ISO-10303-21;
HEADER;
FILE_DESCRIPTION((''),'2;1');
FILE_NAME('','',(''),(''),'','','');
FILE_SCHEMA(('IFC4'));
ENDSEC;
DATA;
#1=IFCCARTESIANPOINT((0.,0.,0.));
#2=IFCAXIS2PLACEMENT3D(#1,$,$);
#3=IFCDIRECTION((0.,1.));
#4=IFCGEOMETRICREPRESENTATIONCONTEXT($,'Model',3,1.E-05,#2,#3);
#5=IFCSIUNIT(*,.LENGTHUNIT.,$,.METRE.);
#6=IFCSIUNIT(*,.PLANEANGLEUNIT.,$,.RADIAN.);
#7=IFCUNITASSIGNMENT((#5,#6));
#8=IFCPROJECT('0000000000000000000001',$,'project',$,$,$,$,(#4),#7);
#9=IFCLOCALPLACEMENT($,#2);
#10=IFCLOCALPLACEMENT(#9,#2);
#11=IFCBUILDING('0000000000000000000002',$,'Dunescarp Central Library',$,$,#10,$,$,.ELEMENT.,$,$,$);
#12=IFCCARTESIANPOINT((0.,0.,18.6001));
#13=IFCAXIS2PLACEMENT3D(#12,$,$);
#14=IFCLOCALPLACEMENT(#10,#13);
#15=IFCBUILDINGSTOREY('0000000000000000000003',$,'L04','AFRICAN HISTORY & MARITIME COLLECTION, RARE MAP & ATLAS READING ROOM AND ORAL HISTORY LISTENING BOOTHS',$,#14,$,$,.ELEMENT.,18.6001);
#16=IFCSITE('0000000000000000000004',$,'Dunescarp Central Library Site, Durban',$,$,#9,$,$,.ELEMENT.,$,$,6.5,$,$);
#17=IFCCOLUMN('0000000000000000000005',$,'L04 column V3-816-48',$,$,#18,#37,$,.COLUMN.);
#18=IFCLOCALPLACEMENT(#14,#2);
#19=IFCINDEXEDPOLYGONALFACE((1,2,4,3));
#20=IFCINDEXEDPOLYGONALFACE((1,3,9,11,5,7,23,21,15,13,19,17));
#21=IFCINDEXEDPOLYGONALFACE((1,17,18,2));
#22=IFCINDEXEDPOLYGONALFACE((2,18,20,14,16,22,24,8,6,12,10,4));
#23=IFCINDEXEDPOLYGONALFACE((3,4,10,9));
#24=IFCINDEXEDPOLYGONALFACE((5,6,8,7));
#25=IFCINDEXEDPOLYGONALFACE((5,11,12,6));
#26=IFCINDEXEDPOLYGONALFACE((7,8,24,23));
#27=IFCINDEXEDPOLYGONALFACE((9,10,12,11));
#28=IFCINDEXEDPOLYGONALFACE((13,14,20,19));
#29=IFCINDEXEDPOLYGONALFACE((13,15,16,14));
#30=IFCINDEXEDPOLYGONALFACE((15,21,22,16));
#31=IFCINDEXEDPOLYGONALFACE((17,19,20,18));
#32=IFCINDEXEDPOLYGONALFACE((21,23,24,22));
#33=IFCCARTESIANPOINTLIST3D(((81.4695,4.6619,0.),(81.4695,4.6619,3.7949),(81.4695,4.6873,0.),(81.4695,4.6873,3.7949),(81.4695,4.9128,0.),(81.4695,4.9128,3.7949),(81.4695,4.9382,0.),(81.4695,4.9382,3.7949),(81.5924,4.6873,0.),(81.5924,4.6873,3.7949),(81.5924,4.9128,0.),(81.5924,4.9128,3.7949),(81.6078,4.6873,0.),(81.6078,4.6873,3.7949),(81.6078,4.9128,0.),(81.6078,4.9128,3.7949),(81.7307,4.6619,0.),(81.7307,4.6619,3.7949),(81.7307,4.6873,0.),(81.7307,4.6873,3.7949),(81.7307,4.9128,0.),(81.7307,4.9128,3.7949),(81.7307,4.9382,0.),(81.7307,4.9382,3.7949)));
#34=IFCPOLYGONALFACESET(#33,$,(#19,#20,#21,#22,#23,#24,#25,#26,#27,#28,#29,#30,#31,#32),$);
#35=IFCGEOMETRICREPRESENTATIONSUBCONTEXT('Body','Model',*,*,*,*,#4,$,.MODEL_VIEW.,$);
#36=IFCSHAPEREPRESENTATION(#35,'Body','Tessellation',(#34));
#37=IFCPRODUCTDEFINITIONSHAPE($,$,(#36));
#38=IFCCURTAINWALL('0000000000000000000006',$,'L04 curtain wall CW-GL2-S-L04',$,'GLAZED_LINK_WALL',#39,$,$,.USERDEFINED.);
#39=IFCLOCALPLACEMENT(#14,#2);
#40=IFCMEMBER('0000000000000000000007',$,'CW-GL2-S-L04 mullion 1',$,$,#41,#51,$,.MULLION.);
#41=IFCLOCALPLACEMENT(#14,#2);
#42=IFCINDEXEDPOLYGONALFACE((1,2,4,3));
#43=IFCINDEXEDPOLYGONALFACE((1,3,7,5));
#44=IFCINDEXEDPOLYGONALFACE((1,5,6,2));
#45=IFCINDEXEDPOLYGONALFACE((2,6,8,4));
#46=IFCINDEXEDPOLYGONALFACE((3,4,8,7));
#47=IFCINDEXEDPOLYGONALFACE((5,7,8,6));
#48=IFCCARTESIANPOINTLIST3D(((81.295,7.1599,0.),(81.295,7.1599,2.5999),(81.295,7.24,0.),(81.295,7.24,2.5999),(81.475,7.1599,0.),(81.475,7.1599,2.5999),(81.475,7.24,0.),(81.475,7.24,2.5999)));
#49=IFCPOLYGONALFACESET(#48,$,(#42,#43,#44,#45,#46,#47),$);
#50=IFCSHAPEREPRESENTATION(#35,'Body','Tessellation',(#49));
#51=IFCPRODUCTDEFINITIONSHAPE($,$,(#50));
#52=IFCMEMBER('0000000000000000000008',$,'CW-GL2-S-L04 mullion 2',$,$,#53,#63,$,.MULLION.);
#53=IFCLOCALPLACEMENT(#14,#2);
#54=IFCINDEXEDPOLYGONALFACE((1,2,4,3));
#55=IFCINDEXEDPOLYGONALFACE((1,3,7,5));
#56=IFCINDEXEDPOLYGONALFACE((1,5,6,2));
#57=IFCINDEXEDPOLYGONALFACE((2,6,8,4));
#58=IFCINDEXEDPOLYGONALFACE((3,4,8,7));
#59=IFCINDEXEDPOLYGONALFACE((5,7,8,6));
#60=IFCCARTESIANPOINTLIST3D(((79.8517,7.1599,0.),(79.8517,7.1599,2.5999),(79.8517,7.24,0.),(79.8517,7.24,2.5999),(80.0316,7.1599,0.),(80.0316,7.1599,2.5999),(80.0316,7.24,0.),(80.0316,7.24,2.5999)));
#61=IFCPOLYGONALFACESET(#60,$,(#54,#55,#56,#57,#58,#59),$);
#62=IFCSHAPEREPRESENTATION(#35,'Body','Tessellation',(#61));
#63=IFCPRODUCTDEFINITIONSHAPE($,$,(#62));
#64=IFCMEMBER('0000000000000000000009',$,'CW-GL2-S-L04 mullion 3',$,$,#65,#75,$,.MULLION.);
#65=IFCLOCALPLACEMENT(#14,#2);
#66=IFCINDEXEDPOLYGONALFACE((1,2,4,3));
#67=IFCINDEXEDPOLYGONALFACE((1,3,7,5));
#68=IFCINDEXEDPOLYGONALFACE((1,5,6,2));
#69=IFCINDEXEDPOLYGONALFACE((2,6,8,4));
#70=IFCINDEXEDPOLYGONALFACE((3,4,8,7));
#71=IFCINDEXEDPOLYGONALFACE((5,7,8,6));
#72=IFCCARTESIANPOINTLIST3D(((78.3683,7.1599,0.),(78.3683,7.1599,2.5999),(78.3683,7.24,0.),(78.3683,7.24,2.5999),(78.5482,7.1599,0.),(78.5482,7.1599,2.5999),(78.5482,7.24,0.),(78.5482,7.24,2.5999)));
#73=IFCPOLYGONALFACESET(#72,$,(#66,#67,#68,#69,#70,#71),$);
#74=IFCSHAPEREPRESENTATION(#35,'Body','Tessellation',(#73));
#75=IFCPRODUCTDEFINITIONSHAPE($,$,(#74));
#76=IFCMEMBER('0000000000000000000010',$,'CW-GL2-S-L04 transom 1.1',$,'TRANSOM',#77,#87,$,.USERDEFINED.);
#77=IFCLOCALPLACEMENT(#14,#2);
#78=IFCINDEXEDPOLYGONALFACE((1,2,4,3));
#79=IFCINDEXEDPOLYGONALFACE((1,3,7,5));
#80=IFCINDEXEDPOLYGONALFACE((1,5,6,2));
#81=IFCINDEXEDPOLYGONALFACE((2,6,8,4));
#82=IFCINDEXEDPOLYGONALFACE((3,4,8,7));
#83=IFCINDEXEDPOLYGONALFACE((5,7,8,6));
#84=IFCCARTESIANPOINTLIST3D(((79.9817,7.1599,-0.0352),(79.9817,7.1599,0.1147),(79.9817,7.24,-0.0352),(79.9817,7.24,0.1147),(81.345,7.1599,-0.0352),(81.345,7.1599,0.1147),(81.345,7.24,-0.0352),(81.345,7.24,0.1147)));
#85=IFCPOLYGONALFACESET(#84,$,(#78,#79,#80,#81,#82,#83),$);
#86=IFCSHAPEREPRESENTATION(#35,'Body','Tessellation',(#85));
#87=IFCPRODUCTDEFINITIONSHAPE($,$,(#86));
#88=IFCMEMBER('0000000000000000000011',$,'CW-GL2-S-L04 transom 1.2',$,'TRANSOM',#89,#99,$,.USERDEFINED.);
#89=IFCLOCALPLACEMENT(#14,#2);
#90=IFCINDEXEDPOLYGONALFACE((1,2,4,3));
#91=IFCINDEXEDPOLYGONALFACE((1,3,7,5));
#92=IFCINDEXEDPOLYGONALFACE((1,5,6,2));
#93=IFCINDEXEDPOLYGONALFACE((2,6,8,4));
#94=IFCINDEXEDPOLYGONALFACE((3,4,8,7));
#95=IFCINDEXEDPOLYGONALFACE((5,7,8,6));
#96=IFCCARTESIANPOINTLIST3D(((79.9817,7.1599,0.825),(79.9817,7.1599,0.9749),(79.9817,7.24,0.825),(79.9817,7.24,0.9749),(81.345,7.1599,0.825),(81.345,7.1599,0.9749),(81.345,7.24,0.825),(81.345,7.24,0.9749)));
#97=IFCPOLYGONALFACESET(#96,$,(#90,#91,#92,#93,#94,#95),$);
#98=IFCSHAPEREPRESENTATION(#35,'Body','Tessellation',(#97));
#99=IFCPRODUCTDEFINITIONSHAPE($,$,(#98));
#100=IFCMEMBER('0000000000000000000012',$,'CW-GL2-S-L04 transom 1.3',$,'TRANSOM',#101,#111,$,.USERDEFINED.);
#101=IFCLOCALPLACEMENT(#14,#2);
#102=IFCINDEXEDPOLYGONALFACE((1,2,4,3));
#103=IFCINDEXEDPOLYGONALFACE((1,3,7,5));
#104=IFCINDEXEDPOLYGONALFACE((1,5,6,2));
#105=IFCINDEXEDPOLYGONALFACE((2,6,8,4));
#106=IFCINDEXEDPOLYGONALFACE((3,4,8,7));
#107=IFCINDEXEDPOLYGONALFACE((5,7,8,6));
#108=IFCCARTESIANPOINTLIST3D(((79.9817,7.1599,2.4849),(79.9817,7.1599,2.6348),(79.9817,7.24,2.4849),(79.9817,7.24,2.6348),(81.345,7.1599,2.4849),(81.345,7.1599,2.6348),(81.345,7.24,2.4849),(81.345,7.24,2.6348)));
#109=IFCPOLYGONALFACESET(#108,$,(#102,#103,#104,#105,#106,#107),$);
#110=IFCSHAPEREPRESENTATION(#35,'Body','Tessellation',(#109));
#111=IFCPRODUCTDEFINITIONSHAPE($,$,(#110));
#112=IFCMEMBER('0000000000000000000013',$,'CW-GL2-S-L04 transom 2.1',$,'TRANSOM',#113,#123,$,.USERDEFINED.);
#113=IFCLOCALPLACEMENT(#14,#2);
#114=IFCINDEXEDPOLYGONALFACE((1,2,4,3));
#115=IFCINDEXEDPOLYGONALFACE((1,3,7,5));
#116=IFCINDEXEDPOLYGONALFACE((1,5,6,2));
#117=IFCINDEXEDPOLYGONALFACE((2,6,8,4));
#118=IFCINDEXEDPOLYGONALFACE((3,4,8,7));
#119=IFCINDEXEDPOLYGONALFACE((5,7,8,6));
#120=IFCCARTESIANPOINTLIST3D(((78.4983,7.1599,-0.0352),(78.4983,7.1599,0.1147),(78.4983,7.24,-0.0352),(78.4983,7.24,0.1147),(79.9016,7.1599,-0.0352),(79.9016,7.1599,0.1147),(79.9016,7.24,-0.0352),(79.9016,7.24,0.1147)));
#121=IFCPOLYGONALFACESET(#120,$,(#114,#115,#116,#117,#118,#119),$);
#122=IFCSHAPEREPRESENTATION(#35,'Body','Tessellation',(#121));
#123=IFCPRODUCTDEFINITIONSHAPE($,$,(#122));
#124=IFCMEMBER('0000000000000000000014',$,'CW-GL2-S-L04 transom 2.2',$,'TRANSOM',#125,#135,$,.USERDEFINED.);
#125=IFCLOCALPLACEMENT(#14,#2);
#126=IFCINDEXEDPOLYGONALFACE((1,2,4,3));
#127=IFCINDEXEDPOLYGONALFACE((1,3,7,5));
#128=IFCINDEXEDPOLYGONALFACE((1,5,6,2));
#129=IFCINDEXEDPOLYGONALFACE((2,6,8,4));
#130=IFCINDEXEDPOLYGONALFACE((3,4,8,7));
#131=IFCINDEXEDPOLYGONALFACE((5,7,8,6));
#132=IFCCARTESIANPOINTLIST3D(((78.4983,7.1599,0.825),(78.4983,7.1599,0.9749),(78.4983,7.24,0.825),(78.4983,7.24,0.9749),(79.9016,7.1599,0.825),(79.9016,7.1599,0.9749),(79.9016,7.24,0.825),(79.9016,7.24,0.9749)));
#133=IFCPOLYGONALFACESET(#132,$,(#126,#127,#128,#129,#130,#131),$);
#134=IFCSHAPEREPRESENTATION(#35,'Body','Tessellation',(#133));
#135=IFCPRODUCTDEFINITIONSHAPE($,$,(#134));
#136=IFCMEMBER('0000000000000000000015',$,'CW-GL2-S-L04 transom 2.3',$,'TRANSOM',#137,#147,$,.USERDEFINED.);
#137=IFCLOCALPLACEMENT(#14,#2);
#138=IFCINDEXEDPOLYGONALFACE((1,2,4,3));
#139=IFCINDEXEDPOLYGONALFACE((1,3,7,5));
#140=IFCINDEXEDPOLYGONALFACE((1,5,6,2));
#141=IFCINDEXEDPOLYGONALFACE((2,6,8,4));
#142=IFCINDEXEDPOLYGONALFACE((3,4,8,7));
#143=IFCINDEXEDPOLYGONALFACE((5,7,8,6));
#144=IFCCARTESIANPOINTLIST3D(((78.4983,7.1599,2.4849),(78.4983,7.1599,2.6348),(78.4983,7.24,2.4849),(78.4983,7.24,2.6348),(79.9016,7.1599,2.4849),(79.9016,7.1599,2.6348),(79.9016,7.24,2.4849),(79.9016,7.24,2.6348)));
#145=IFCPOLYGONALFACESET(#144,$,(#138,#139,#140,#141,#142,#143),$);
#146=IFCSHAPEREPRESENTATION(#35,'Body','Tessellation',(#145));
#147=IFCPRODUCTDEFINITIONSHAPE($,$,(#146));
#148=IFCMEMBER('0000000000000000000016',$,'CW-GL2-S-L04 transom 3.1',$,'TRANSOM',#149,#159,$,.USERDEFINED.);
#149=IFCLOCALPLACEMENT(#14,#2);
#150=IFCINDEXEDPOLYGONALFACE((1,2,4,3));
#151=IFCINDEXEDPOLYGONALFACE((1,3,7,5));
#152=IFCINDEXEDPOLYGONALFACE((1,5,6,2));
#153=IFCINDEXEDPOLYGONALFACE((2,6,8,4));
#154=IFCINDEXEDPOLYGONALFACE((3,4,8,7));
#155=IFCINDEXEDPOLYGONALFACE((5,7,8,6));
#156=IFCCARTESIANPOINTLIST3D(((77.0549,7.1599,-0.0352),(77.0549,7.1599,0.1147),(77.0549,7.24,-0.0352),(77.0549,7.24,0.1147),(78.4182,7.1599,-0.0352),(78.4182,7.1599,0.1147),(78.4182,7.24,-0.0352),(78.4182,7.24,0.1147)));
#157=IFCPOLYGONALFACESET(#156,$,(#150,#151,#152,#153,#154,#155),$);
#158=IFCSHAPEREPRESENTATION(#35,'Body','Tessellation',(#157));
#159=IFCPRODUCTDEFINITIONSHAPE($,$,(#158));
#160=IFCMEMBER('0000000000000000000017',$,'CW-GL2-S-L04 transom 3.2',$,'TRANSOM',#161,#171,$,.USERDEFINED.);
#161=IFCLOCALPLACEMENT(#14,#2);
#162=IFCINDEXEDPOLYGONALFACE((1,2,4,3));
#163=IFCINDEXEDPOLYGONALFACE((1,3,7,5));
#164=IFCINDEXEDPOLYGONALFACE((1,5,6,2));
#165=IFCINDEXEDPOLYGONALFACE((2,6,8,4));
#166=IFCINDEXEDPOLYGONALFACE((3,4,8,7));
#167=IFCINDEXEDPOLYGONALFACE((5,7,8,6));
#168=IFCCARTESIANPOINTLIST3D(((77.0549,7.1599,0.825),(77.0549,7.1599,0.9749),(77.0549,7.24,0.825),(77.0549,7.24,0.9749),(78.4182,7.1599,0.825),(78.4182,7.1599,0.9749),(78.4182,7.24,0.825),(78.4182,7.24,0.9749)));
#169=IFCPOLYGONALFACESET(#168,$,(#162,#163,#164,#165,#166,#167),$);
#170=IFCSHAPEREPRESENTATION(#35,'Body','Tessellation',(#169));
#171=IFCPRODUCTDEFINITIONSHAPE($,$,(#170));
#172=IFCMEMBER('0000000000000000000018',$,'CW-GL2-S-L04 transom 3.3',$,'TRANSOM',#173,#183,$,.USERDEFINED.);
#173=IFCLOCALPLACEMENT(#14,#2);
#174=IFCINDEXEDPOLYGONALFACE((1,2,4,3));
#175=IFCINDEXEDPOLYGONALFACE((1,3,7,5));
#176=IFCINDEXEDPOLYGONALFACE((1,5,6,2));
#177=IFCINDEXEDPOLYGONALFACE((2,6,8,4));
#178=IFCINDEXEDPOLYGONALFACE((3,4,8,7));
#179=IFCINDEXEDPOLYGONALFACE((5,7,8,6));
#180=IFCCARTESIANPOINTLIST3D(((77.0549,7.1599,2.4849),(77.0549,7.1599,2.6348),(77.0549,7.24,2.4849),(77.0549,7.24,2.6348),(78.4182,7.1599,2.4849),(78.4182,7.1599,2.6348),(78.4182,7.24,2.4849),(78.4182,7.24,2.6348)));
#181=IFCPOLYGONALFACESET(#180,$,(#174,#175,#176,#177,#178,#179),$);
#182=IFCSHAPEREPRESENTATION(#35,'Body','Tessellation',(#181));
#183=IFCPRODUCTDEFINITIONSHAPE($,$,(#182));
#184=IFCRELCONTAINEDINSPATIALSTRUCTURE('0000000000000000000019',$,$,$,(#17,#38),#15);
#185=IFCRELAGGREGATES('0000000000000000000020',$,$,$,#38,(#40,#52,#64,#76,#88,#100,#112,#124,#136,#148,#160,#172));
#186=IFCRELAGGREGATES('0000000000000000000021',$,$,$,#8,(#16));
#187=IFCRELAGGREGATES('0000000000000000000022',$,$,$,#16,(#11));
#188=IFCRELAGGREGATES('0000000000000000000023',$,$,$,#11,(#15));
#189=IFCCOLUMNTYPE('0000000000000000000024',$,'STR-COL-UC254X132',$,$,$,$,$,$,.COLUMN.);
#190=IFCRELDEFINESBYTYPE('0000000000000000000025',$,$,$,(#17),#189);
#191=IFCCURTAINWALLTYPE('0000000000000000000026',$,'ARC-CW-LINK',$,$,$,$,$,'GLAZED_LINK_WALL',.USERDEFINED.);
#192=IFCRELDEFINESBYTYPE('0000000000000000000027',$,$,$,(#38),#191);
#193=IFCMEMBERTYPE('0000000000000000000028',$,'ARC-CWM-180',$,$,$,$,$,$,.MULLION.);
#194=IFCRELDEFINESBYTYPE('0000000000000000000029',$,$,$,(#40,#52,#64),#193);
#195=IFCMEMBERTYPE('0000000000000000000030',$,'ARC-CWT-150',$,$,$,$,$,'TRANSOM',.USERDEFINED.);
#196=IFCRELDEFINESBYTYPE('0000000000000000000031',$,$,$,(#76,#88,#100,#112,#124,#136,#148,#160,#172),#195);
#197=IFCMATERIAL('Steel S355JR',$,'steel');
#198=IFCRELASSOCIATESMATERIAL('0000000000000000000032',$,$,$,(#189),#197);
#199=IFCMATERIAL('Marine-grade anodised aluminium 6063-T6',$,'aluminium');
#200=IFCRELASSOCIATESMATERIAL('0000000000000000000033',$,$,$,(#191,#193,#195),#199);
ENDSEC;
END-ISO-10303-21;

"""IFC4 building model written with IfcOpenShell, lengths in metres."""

from ifc_helpers import new_model, si_unit, direction, frame, origin, origin_2d, place, context, subcontext, project, spatial, rectangle, i_section, extrude, material, material_profile, profile_set, type_object, element, aggregate, save


model = new_model("IFC4")

# Units and contexts
model_context = context("Model", 3, precision=1e-05, world=origin(), true_north=direction((0.0, 1.0)))
body_context = subcontext(model_context, "Body", "Model", "MODEL_VIEW")
ifc_project = project(units=[si_unit("LENGTHUNIT", "METRE"), si_unit("PLANEANGLEUNIT", "RADIAN")], contexts=[model_context])

# Site, building, storey
site_placement = place(None, origin())
site = spatial("IfcSite", under=ifc_project, at=site_placement, Name="Dunescarp Central Library Site, Durban", CompositionType="ELEMENT", RefElevation=6.5)
building_placement = place(site_placement, origin())
building = spatial("IfcBuilding", under=site, at=building_placement, Name="Dunescarp Central Library", CompositionType="ELEMENT")
storey_placement = place(building_placement, frame((0.0, 0.0, 18.6001)))
storey = spatial("IfcBuildingStorey", under=building, at=storey_placement, Name="L04", Description="AFRICAN HISTORY & MARITIME COLLECTION, RARE MAP & ATLAS READING ROOM AND ORAL HISTORY LISTENING BOOTHS", CompositionType="ELEMENT", Elevation=18.6001)

# Column
ifc_material_1 = material(Name="Steel S355JR", Category="steel")
ifc_material_profile_1 = material_profile(ifc_material_1, i_section(OverallWidth=0.2612, OverallDepth=0.2764, WebThickness=0.0154, FlangeThickness=0.0254, at=origin_2d()), Name="UC 254x254x132")
ifc_profile_set_1 = profile_set([ifc_material_profile_1], Name="Steel S355JR")
column_type = type_object("IfcColumnType", Name="STR-COL-UC254X132", PredefinedType="COLUMN", material=ifc_profile_set_1)
column_placement = place(storey_placement, frame((81.6001, 4.8, 0.0), z_axis=(0.0, 0.0, 1.0), x_axis=(1.0, 0.0, 0.0)))
element("IfcColumn", 1, at=column_placement, inside=storey, type_object=column_type, Name="L04 column V3-816-48", PredefinedType="COLUMN", context=body_context, shape_type="SweptSolid", body=[
    extrude(i_section(OverallWidth=0.2612, OverallDepth=0.2764, WebThickness=0.0154, FlangeThickness=0.0254, at=origin_2d()), origin(), (0.0, 0.0, 1.0), 3.7949),
])

# Curtain wall, members
ifc_material_2 = material(Name="Marine-grade anodised aluminium 6063-T6", Category="aluminium")
curtain_wall_type = type_object("IfcCurtainWallType", Name="ARC-CW-LINK", ElementType="GLAZED_LINK_WALL", PredefinedType="USERDEFINED", material=ifc_material_2)
curtain_wall_placement = place(storey_placement, origin())
curtain_wall = element("IfcCurtainWall", 2, at=curtain_wall_placement, inside=storey, type_object=curtain_wall_type, Name="L04 curtain wall CW-GL2-S-L04", ObjectType="GLAZED_LINK_WALL", PredefinedType="USERDEFINED")
ifc_material_profile_2 = material_profile(ifc_material_2, rectangle(XDim=0.0801, YDim=0.1799, at=origin_2d()), Name="AL 80x180")
ifc_profile_set_2 = profile_set([ifc_material_profile_2], Name="Marine-grade anodised aluminium 6063-T6")
member_type_1 = type_object("IfcMemberType", Name="ARC-CWM-180", PredefinedType="MULLION", material=ifc_profile_set_2)
member_1_placement = place(storey_placement, frame((81.385, 7.2, 0.0), z_axis=(0.0, 0.0, 1.0), x_axis=(0.0, -1.0, 0.0)))
member_1 = element("IfcMember", 3, at=member_1_placement, type_object=member_type_1, Name="CW-GL2-S-L04 mullion 1", PredefinedType="MULLION", context=body_context, shape_type="SweptSolid", body=[
    extrude(rectangle(XDim=0.0801, YDim=0.1799, at=origin_2d()), origin(), (0.0, 0.0, 1.0), 2.5999),
])
member_2_placement = place(storey_placement, frame((79.9417, 7.2, 0.0), z_axis=(0.0, 0.0, 1.0), x_axis=(0.0, -1.0, 0.0)))
member_2 = element("IfcMember", 4, at=member_2_placement, type_object=member_type_1, Name="CW-GL2-S-L04 mullion 2", PredefinedType="MULLION", context=body_context, shape_type="SweptSolid", body=[
    extrude(rectangle(XDim=0.0801, YDim=0.1799, at=origin_2d()), origin(), (0.0, 0.0, 1.0), 2.5999),
])
member_3_placement = place(storey_placement, frame((78.4583, 7.2, 0.0), z_axis=(0.0, 0.0, 1.0), x_axis=(0.0, -1.0, 0.0)))
member_3 = element("IfcMember", 5, at=member_3_placement, type_object=member_type_1, Name="CW-GL2-S-L04 mullion 3", PredefinedType="MULLION", context=body_context, shape_type="SweptSolid", body=[
    extrude(rectangle(XDim=0.0801, YDim=0.1799, at=origin_2d()), origin(), (0.0, 0.0, 1.0), 2.5999),
])
ifc_material_profile_3 = material_profile(ifc_material_2, rectangle(XDim=0.0801, YDim=0.1499, at=origin_2d()), Name="AL 80x150")
ifc_profile_set_3 = profile_set([ifc_material_profile_3], Name="Marine-grade anodised aluminium 6063-T6")
member_type_2 = type_object("IfcMemberType", Name="ARC-CWT-150", ElementType="TRANSOM", PredefinedType="USERDEFINED", material=ifc_profile_set_3)
member_4_placement = place(storey_placement, frame((81.345, 7.2, 0.0398), z_axis=(-1.0, 0.0, 0.0), x_axis=(0.0, -1.0, 0.0)))
member_4 = element("IfcMember", 6, at=member_4_placement, type_object=member_type_2, Name="CW-GL2-S-L04 transom 1.1", ObjectType="TRANSOM", PredefinedType="USERDEFINED", context=body_context, shape_type="SweptSolid", body=[
    extrude(rectangle(XDim=0.0801, YDim=0.1499, at=origin_2d()), origin(), (0.0, 0.0, 1.0), 1.3633),
])
member_5_placement = place(storey_placement, frame((81.345, 7.2, 0.8999), z_axis=(-1.0, 0.0, 0.0), x_axis=(0.0, -1.0, 0.0)))
member_5 = element("IfcMember", 7, at=member_5_placement, type_object=member_type_2, Name="CW-GL2-S-L04 transom 1.2", ObjectType="TRANSOM", PredefinedType="USERDEFINED", context=body_context, shape_type="SweptSolid", body=[
    extrude(rectangle(XDim=0.0801, YDim=0.1499, at=origin_2d()), origin(), (0.0, 0.0, 1.0), 1.3633),
])
member_6_placement = place(storey_placement, frame((81.345, 7.2, 2.5598), z_axis=(-1.0, 0.0, 0.0), x_axis=(0.0, -1.0, 0.0)))
member_6 = element("IfcMember", 8, at=member_6_placement, type_object=member_type_2, Name="CW-GL2-S-L04 transom 1.3", ObjectType="TRANSOM", PredefinedType="USERDEFINED", context=body_context, shape_type="SweptSolid", body=[
    extrude(rectangle(XDim=0.0801, YDim=0.1499, at=origin_2d()), origin(), (0.0, 0.0, 1.0), 1.3633),
])
member_7_placement = place(storey_placement, frame((79.9016, 7.2, 0.0398), z_axis=(-1.0, 0.0, 0.0), x_axis=(0.0, -1.0, 0.0)))
member_7 = element("IfcMember", 9, at=member_7_placement, type_object=member_type_2, Name="CW-GL2-S-L04 transom 2.1", ObjectType="TRANSOM", PredefinedType="USERDEFINED", context=body_context, shape_type="SweptSolid", body=[
    extrude(rectangle(XDim=0.0801, YDim=0.1499, at=origin_2d()), origin(), (0.0, 0.0, 1.0), 1.4033),
])
member_8_placement = place(storey_placement, frame((79.9016, 7.2, 0.8999), z_axis=(-1.0, 0.0, 0.0), x_axis=(0.0, -1.0, 0.0)))
member_8 = element("IfcMember", 10, at=member_8_placement, type_object=member_type_2, Name="CW-GL2-S-L04 transom 2.2", ObjectType="TRANSOM", PredefinedType="USERDEFINED", context=body_context, shape_type="SweptSolid", body=[
    extrude(rectangle(XDim=0.0801, YDim=0.1499, at=origin_2d()), origin(), (0.0, 0.0, 1.0), 1.4033),
])
member_9_placement = place(storey_placement, frame((79.9016, 7.2, 2.5598), z_axis=(-1.0, 0.0, 0.0), x_axis=(0.0, -1.0, 0.0)))
member_9 = element("IfcMember", 11, at=member_9_placement, type_object=member_type_2, Name="CW-GL2-S-L04 transom 2.3", ObjectType="TRANSOM", PredefinedType="USERDEFINED", context=body_context, shape_type="SweptSolid", body=[
    extrude(rectangle(XDim=0.0801, YDim=0.1499, at=origin_2d()), origin(), (0.0, 0.0, 1.0), 1.4033),
])
member_10_placement = place(storey_placement, frame((78.4182, 7.2, 0.0398), z_axis=(-1.0, 0.0, 0.0), x_axis=(0.0, -1.0, 0.0)))
member_10 = element("IfcMember", 12, at=member_10_placement, type_object=member_type_2, Name="CW-GL2-S-L04 transom 3.1", ObjectType="TRANSOM", PredefinedType="USERDEFINED", context=body_context, shape_type="SweptSolid", body=[
    extrude(rectangle(XDim=0.0801, YDim=0.1499, at=origin_2d()), origin(), (0.0, 0.0, 1.0), 1.3633),
])
member_11_placement = place(storey_placement, frame((78.4182, 7.2, 0.8999), z_axis=(-1.0, 0.0, 0.0), x_axis=(0.0, -1.0, 0.0)))
member_11 = element("IfcMember", 13, at=member_11_placement, type_object=member_type_2, Name="CW-GL2-S-L04 transom 3.2", ObjectType="TRANSOM", PredefinedType="USERDEFINED", context=body_context, shape_type="SweptSolid", body=[
    extrude(rectangle(XDim=0.0801, YDim=0.1499, at=origin_2d()), origin(), (0.0, 0.0, 1.0), 1.3633),
])
member_12_placement = place(storey_placement, frame((78.4182, 7.2, 2.5598), z_axis=(-1.0, 0.0, 0.0), x_axis=(0.0, -1.0, 0.0)))
member_12 = element("IfcMember", 14, at=member_12_placement, type_object=member_type_2, Name="CW-GL2-S-L04 transom 3.3", ObjectType="TRANSOM", PredefinedType="USERDEFINED", context=body_context, shape_type="SweptSolid", body=[
    extrude(rectangle(XDim=0.0801, YDim=0.1499, at=origin_2d()), origin(), (0.0, 0.0, 1.0), 1.3633),
])

aggregate(curtain_wall, [member_1, member_2, member_3, member_4, member_5, member_6, member_7, member_8, member_9, member_10, member_11, member_12])

save(model, "model.ifc")
